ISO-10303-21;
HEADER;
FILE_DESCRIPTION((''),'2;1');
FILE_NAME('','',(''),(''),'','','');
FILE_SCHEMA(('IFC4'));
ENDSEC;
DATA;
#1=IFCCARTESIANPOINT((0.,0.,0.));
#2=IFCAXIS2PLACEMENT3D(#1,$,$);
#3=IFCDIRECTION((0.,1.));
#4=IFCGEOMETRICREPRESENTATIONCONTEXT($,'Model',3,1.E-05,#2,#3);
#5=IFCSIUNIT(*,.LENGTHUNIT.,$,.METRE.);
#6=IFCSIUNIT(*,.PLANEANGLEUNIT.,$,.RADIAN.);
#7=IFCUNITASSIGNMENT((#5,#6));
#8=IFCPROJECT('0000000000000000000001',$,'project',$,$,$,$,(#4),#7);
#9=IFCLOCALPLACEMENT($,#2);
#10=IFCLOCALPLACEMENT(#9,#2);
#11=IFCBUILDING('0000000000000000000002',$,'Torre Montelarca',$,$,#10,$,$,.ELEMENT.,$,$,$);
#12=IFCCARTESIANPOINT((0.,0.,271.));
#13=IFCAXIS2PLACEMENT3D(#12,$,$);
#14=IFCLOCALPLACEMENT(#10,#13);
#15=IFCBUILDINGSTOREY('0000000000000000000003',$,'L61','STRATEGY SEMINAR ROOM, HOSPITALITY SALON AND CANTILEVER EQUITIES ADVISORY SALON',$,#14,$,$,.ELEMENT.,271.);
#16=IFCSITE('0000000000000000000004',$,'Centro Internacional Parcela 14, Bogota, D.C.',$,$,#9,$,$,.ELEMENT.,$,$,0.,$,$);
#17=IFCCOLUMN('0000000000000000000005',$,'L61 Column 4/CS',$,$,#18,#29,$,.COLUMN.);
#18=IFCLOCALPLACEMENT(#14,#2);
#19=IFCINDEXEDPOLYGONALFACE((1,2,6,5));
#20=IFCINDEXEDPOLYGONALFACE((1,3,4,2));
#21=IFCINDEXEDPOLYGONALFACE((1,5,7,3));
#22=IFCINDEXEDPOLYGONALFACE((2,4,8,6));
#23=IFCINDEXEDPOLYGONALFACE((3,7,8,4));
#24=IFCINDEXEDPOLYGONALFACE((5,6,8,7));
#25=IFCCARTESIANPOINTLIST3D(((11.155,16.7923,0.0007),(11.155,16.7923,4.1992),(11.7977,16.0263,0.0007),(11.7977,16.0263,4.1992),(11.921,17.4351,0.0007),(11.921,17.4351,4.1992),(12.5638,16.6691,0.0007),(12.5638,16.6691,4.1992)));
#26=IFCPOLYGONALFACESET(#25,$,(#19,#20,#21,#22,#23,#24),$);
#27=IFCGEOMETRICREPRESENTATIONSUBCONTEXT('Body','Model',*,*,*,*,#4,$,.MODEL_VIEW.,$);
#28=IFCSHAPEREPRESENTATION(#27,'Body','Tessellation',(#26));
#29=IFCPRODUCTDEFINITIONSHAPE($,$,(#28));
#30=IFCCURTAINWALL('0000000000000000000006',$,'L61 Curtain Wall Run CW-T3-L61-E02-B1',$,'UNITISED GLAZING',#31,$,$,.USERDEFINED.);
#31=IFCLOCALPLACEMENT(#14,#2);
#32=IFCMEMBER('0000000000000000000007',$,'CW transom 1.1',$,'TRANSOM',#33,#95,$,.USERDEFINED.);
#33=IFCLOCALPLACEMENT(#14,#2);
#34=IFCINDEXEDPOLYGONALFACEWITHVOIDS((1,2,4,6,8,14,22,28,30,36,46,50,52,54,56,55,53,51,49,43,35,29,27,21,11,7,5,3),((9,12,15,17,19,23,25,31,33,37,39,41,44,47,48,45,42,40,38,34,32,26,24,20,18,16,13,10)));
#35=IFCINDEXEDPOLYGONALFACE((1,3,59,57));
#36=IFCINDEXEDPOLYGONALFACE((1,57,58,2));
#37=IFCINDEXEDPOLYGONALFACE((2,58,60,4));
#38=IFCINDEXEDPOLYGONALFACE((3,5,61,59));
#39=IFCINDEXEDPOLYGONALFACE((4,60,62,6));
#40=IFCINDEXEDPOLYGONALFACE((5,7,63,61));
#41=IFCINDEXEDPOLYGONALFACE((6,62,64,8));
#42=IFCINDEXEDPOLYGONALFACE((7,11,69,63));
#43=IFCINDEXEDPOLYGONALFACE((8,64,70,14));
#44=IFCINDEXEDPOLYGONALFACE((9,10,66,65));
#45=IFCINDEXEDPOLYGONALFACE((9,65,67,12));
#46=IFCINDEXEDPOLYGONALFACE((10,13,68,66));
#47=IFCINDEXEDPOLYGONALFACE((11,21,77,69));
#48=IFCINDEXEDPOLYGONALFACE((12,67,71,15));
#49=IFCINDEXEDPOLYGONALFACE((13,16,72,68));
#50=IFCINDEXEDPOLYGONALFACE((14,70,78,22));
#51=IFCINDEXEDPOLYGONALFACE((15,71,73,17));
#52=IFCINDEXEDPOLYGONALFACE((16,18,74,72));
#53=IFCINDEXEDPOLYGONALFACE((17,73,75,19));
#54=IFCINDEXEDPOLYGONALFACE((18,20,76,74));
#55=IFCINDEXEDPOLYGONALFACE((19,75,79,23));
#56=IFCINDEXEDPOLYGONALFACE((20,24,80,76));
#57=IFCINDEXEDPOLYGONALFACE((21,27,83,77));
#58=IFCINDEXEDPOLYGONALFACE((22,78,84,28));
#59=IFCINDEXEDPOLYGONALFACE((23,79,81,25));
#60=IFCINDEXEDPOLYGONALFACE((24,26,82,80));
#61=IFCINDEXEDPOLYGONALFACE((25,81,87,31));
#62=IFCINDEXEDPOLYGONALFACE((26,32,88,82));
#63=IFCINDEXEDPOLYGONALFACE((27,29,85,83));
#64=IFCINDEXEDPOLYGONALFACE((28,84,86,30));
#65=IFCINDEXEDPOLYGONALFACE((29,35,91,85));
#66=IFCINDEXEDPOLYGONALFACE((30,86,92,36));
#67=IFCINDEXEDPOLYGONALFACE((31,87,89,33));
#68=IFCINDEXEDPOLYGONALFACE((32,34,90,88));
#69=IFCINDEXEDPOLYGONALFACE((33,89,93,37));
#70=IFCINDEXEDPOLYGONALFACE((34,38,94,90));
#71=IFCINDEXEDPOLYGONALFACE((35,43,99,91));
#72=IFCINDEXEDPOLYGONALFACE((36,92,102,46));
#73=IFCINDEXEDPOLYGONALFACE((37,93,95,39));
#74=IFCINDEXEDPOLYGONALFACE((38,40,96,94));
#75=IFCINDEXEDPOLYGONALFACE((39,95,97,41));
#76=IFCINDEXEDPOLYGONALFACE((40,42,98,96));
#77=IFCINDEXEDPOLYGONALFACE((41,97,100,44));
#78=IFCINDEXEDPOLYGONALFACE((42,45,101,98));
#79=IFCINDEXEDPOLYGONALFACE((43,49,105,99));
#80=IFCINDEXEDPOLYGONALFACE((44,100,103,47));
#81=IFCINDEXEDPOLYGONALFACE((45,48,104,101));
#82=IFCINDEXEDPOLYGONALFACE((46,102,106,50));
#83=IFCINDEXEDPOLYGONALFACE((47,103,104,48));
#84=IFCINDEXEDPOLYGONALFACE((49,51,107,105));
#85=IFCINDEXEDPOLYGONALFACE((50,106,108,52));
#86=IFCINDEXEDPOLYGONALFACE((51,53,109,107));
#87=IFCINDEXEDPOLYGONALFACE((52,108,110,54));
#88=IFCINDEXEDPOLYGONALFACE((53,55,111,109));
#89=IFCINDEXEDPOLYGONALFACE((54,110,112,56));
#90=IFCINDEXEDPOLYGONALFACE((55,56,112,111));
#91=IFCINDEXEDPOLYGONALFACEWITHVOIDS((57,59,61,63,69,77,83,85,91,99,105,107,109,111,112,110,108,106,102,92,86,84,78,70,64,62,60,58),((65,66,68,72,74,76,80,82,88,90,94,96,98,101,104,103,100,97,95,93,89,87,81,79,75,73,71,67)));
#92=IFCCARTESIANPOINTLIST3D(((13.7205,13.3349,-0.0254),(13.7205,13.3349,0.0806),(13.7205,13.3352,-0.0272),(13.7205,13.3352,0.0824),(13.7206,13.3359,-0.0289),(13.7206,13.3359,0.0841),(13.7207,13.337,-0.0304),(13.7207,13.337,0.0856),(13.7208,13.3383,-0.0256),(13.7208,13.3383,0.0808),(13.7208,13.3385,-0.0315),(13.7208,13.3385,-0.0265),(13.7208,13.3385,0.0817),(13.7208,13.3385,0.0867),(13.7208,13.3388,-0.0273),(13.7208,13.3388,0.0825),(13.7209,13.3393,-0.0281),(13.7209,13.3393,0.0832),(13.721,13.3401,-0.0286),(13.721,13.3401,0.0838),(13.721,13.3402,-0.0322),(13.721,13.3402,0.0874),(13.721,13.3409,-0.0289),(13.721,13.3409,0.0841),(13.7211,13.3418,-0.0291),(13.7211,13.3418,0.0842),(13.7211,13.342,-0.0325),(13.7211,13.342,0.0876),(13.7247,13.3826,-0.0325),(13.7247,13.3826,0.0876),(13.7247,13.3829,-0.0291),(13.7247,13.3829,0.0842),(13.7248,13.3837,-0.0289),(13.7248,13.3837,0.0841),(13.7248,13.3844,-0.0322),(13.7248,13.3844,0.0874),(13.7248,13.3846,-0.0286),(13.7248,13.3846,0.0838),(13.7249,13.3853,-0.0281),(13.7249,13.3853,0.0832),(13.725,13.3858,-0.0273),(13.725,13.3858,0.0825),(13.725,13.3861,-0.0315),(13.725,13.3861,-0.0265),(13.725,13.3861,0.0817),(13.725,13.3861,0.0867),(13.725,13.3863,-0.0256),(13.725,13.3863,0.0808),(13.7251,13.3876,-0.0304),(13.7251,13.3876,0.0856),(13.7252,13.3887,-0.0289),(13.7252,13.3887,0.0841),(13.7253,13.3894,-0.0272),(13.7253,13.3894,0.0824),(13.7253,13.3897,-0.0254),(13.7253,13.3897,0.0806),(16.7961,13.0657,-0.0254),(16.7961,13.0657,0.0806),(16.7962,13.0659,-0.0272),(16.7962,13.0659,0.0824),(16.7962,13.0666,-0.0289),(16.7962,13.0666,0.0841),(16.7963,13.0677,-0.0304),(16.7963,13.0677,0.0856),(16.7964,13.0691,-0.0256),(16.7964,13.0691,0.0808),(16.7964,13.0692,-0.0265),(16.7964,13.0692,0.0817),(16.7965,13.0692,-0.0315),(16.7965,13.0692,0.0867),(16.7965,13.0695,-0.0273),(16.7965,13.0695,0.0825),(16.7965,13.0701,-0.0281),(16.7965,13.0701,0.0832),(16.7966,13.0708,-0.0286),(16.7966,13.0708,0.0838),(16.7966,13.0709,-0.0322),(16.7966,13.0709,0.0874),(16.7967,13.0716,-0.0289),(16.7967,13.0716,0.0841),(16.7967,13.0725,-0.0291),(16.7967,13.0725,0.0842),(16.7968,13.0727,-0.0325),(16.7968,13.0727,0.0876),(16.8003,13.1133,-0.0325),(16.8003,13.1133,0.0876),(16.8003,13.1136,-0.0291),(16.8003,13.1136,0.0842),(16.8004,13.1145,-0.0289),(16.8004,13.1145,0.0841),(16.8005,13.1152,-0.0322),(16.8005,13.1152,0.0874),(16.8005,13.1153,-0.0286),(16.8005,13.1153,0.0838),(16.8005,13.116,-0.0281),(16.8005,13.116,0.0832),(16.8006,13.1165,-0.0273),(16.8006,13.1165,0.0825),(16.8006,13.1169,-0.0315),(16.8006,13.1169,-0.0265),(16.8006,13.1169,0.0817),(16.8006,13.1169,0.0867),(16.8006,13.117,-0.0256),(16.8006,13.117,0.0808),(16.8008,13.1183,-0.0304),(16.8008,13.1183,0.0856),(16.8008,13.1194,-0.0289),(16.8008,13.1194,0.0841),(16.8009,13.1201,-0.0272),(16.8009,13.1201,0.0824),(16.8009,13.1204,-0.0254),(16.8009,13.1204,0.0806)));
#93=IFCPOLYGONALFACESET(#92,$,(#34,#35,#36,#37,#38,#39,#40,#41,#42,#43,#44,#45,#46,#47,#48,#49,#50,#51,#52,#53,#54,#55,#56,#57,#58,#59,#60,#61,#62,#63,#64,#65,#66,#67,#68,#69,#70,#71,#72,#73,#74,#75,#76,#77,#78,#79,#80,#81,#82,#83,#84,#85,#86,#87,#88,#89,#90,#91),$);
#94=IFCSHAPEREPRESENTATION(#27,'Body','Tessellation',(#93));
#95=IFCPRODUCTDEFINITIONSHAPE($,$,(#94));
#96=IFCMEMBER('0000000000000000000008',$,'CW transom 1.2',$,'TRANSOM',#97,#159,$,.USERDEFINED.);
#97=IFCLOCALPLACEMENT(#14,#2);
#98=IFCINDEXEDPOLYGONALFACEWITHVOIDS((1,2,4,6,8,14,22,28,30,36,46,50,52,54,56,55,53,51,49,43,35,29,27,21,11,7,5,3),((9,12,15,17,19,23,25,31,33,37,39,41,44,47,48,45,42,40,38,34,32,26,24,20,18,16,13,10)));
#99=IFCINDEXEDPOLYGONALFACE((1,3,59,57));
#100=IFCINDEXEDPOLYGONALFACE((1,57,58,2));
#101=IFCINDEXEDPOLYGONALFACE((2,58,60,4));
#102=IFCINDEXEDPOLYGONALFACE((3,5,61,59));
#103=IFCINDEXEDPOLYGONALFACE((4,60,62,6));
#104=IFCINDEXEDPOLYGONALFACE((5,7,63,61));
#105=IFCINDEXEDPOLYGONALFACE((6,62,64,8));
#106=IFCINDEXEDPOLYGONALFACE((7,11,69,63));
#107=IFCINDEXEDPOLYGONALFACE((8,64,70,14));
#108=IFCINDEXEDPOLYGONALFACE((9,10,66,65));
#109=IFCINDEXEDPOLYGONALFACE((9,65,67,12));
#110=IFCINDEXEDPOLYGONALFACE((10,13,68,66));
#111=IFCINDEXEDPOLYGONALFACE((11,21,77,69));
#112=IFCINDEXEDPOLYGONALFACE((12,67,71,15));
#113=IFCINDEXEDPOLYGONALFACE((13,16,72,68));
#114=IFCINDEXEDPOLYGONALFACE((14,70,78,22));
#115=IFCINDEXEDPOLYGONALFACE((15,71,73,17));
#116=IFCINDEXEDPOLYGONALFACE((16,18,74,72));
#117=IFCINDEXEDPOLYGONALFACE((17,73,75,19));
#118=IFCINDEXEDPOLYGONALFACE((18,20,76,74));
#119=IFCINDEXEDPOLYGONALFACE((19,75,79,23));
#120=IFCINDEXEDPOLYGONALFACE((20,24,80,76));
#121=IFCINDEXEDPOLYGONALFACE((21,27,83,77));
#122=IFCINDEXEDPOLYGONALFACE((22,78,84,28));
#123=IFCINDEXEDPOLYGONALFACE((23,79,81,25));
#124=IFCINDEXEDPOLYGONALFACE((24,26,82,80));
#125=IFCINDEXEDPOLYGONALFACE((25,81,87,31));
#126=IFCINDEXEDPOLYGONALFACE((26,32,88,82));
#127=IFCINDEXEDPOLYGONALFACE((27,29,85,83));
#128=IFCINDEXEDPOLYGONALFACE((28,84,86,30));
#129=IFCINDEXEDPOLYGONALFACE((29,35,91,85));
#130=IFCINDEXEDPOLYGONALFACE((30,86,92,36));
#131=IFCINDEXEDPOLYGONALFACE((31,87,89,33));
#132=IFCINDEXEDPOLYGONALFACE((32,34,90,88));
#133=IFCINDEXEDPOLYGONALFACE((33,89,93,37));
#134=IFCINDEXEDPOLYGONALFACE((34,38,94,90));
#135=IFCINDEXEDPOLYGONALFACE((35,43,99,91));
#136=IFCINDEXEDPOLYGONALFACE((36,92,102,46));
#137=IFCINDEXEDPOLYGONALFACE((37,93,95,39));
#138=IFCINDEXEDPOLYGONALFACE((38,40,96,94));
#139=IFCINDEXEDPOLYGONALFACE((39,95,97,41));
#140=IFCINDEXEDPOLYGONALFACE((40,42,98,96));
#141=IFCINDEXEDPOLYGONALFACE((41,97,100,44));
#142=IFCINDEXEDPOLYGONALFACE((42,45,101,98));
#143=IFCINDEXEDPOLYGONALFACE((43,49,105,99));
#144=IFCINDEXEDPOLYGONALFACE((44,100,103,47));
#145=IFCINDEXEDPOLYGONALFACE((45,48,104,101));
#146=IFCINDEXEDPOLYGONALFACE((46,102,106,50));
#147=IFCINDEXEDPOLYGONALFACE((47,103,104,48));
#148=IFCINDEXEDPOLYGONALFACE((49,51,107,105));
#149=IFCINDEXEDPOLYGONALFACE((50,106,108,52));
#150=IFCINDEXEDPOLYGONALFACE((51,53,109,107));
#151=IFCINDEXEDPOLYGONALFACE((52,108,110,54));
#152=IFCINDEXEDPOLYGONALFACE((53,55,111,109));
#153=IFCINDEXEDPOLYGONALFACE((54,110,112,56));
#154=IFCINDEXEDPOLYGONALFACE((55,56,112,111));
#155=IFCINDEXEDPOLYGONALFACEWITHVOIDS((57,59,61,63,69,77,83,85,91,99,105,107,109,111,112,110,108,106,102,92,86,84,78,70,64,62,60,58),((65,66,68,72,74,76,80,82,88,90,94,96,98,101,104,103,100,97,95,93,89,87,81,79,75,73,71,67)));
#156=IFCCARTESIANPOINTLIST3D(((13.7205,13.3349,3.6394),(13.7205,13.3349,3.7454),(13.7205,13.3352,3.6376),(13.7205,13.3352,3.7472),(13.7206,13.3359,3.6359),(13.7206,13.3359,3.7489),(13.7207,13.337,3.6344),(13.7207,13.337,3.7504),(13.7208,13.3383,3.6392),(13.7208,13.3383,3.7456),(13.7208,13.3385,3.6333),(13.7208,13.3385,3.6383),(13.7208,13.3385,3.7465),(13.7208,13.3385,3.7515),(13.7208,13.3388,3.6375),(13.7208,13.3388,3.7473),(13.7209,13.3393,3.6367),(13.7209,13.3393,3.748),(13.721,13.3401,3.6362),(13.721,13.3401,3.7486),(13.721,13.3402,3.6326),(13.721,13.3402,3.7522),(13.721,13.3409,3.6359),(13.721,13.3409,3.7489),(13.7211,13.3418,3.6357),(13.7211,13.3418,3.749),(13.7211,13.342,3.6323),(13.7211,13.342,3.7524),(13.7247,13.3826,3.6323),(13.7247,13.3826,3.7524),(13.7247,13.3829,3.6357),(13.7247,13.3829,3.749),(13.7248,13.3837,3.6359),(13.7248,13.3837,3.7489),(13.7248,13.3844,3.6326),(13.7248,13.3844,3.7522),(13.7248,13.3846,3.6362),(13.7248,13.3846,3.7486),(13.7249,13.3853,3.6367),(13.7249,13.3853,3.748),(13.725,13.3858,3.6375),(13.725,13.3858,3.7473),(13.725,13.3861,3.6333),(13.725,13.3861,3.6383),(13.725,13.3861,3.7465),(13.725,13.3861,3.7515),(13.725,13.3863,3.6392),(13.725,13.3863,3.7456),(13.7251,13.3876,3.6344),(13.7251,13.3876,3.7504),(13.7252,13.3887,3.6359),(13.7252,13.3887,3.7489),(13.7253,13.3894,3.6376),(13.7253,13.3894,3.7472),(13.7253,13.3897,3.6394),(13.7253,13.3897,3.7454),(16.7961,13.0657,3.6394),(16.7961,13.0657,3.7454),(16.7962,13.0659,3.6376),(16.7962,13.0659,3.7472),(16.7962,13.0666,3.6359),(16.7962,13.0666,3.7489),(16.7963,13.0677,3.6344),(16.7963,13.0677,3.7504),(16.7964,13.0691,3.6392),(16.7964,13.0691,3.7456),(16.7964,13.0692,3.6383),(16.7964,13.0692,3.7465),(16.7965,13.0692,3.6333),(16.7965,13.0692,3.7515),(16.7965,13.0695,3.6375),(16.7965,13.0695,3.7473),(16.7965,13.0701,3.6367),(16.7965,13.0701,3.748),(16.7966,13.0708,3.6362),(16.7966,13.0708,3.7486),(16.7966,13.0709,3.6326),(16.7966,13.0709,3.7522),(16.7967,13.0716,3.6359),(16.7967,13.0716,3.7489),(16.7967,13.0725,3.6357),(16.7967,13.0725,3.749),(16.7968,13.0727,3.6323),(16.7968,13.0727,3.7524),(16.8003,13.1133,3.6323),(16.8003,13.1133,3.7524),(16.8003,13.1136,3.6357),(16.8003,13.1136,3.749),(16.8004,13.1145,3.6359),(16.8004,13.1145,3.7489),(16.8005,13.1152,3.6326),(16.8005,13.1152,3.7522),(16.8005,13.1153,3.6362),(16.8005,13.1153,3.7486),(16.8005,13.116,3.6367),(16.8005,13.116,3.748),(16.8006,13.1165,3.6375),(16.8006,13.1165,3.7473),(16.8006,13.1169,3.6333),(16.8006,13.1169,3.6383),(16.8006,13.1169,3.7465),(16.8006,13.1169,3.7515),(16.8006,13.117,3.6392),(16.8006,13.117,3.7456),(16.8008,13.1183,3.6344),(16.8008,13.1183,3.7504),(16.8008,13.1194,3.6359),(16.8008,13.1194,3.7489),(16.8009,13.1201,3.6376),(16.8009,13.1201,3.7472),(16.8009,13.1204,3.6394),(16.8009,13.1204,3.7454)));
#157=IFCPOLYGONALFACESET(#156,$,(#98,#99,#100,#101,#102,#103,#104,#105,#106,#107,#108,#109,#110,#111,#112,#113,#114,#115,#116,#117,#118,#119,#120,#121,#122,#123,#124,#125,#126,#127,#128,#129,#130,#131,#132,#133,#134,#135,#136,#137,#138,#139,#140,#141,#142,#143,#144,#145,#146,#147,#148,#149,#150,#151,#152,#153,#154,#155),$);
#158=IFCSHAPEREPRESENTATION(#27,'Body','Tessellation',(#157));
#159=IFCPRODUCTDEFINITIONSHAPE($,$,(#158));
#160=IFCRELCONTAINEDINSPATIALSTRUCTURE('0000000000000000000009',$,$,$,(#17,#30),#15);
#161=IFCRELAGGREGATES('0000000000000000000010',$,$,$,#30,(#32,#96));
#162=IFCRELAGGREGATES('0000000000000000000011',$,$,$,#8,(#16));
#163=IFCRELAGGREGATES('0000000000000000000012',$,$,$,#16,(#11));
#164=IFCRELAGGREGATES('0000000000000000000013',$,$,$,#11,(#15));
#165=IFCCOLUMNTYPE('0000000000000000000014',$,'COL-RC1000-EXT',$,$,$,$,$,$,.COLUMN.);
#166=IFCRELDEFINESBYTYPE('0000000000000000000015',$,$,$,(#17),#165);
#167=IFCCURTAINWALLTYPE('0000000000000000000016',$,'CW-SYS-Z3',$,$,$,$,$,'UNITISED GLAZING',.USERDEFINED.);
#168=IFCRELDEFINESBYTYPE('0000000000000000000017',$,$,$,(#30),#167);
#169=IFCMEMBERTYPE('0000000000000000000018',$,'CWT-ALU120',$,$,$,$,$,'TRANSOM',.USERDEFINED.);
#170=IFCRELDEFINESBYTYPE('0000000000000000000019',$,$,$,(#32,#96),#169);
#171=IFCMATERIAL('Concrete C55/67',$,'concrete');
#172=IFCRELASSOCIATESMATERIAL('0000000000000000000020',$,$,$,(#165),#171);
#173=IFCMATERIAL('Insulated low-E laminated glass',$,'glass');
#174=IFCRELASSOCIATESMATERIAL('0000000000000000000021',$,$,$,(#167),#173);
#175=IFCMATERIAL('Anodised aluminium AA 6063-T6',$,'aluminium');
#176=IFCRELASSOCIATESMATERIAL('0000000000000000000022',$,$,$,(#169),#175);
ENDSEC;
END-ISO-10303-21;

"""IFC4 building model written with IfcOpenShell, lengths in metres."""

from ifc_helpers import new_model, si_unit, direction, frame, origin, origin_2d, place, context, subcontext, project, spatial, rectangle, hollow_rectangle, extrude, source, transform, mapped, material, material_profile, profile_set, type_object, element, aggregate, save


model = new_model("IFC4")

# Units and contexts
model_context = context("Model", 3, precision=1e-05, world=origin(), true_north=direction((0.0, 1.0)))
body_context = subcontext(model_context, "Body", "Model", "MODEL_VIEW")
ifc_project = project(units=[si_unit("LENGTHUNIT", "METRE"), si_unit("PLANEANGLEUNIT", "RADIAN")], contexts=[model_context])

# Site, building, storey
site_placement = place(None, origin())
site = spatial("IfcSite", under=ifc_project, at=site_placement, Name="Centro Internacional Parcela 14, Bogota, D.C.", CompositionType="ELEMENT", RefElevation=0.0)
building_placement = place(site_placement, origin())
building = spatial("IfcBuilding", under=site, at=building_placement, Name="Torre Montelarca", CompositionType="ELEMENT")
storey_placement = place(building_placement, frame((0.0, 0.0, 271.0)))
storey = spatial("IfcBuildingStorey", under=building, at=storey_placement, Name="L61", Description="STRATEGY SEMINAR ROOM, HOSPITALITY SALON AND CANTILEVER EQUITIES ADVISORY SALON", CompositionType="ELEMENT", Elevation=271.0)

# Column
ifc_material_1 = material(Name="Concrete C55/67", Category="concrete")
ifc_material_profile_1 = material_profile(ifc_material_1, rectangle(XDim=1.0, YDim=1.0, at=origin_2d()), Name="RC1000X1000", Category="concrete")
ifc_profile_set_1 = profile_set([ifc_material_profile_1], Name="Concrete C55/67")
column_type = type_object("IfcColumnType", Name="COL-RC1000-EXT", PredefinedType="COLUMN", material=ifc_profile_set_1)
shared_shape_1 = source(origin(), body_context, "Body", "SweptSolid", [
    extrude(rectangle(XDim=1.0, YDim=1.0, at=origin_2d()), origin(), (0.0, 0.0, 1.0), 4.1985),
])
column_placement = place(storey_placement, frame((11.8594, 16.7307, 0.0007), z_axis=(0.0, 0.0, 1.0), x_axis=(-0.642788, 0.766044, 0.0)))
element("IfcColumn", 1, at=column_placement, inside=storey, type_object=column_type, Name="L61 Column 4/CS", PredefinedType="COLUMN", context=body_context, shape_type="MappedRepresentation", body=[
    mapped(shared_shape_1, transform((0.0, 0.0, 0.0), scale=1.0)),
])

# Curtain wall, members
ifc_material_2 = material(Name="Insulated low-E laminated glass", Category="glass")
curtain_wall_type = type_object("IfcCurtainWallType", Name="CW-SYS-Z3", ElementType="UNITISED GLAZING", PredefinedType="USERDEFINED", material=ifc_material_2)
curtain_wall_1_placement = place(storey_placement, origin())
curtain_wall_1 = element("IfcCurtainWall", 2, at=curtain_wall_1_placement, inside=storey, type_object=curtain_wall_type, Name="L61 Curtain Wall Run CW-T3-L61-E02-B1", ObjectType="UNITISED GLAZING", PredefinedType="USERDEFINED")
ifc_material_3 = material(Name="Anodised aluminium AA 6063-T6", Category="aluminium")
ifc_material_profile_2 = material_profile(ifc_material_3, hollow_rectangle(XDim=0.0549, YDim=0.1201, WallThickness=0.0034, InnerFilletRadius=0.0034, OuterFilletRadius=0.0071, at=origin_2d()), Name="ALU55X120X3.5", Category="aluminium")
ifc_profile_set_2 = profile_set([ifc_material_profile_2], Name="Anodised aluminium AA 6063-T6")
member_type_1 = type_object("IfcMemberType", Name="CWT-ALU120", ElementType="TRANSOM", PredefinedType="USERDEFINED", material=ifc_profile_set_2)
shared_shape_2 = source(origin(), body_context, "Body", "SweptSolid", [
    extrude(hollow_rectangle(XDim=0.0549, YDim=0.1201, WallThickness=0.0034, InnerFilletRadius=0.0034, OuterFilletRadius=0.0071, at=origin_2d()), origin(), (0.0, 0.0, 1.0), 3.0874),
])
member_1_placement = place(storey_placement, frame((13.7229, 13.3623, 0.0276), z_axis=(0.996189, -0.08722, 0.0), x_axis=(0.08722, 0.996189, 0.0)))
member_1 = element("IfcMember", 3, at=member_1_placement, type_object=member_type_1, Name="CW transom 1.1", ObjectType="TRANSOM", PredefinedType="USERDEFINED", context=body_context, shape_type="MappedRepresentation", body=[
    mapped(shared_shape_2, transform((0.0, 0.0, 0.0), scale=1.0)),
])
member_2_placement = place(storey_placement, frame((13.7229, 13.3623, 3.6924), z_axis=(0.996189, -0.08722, 0.0), x_axis=(0.08722, 0.996189, 0.0)))
member_2 = element("IfcMember", 4, at=member_2_placement, type_object=member_type_1, Name="CW transom 1.2", ObjectType="TRANSOM", PredefinedType="USERDEFINED", context=body_context, shape_type="MappedRepresentation", body=[
    mapped(shared_shape_2, transform((0.0, 0.0, 0.0), scale=1.0)),
])

aggregate(curtain_wall_1, [member_1, member_2])

save(model, "model.ifc")
